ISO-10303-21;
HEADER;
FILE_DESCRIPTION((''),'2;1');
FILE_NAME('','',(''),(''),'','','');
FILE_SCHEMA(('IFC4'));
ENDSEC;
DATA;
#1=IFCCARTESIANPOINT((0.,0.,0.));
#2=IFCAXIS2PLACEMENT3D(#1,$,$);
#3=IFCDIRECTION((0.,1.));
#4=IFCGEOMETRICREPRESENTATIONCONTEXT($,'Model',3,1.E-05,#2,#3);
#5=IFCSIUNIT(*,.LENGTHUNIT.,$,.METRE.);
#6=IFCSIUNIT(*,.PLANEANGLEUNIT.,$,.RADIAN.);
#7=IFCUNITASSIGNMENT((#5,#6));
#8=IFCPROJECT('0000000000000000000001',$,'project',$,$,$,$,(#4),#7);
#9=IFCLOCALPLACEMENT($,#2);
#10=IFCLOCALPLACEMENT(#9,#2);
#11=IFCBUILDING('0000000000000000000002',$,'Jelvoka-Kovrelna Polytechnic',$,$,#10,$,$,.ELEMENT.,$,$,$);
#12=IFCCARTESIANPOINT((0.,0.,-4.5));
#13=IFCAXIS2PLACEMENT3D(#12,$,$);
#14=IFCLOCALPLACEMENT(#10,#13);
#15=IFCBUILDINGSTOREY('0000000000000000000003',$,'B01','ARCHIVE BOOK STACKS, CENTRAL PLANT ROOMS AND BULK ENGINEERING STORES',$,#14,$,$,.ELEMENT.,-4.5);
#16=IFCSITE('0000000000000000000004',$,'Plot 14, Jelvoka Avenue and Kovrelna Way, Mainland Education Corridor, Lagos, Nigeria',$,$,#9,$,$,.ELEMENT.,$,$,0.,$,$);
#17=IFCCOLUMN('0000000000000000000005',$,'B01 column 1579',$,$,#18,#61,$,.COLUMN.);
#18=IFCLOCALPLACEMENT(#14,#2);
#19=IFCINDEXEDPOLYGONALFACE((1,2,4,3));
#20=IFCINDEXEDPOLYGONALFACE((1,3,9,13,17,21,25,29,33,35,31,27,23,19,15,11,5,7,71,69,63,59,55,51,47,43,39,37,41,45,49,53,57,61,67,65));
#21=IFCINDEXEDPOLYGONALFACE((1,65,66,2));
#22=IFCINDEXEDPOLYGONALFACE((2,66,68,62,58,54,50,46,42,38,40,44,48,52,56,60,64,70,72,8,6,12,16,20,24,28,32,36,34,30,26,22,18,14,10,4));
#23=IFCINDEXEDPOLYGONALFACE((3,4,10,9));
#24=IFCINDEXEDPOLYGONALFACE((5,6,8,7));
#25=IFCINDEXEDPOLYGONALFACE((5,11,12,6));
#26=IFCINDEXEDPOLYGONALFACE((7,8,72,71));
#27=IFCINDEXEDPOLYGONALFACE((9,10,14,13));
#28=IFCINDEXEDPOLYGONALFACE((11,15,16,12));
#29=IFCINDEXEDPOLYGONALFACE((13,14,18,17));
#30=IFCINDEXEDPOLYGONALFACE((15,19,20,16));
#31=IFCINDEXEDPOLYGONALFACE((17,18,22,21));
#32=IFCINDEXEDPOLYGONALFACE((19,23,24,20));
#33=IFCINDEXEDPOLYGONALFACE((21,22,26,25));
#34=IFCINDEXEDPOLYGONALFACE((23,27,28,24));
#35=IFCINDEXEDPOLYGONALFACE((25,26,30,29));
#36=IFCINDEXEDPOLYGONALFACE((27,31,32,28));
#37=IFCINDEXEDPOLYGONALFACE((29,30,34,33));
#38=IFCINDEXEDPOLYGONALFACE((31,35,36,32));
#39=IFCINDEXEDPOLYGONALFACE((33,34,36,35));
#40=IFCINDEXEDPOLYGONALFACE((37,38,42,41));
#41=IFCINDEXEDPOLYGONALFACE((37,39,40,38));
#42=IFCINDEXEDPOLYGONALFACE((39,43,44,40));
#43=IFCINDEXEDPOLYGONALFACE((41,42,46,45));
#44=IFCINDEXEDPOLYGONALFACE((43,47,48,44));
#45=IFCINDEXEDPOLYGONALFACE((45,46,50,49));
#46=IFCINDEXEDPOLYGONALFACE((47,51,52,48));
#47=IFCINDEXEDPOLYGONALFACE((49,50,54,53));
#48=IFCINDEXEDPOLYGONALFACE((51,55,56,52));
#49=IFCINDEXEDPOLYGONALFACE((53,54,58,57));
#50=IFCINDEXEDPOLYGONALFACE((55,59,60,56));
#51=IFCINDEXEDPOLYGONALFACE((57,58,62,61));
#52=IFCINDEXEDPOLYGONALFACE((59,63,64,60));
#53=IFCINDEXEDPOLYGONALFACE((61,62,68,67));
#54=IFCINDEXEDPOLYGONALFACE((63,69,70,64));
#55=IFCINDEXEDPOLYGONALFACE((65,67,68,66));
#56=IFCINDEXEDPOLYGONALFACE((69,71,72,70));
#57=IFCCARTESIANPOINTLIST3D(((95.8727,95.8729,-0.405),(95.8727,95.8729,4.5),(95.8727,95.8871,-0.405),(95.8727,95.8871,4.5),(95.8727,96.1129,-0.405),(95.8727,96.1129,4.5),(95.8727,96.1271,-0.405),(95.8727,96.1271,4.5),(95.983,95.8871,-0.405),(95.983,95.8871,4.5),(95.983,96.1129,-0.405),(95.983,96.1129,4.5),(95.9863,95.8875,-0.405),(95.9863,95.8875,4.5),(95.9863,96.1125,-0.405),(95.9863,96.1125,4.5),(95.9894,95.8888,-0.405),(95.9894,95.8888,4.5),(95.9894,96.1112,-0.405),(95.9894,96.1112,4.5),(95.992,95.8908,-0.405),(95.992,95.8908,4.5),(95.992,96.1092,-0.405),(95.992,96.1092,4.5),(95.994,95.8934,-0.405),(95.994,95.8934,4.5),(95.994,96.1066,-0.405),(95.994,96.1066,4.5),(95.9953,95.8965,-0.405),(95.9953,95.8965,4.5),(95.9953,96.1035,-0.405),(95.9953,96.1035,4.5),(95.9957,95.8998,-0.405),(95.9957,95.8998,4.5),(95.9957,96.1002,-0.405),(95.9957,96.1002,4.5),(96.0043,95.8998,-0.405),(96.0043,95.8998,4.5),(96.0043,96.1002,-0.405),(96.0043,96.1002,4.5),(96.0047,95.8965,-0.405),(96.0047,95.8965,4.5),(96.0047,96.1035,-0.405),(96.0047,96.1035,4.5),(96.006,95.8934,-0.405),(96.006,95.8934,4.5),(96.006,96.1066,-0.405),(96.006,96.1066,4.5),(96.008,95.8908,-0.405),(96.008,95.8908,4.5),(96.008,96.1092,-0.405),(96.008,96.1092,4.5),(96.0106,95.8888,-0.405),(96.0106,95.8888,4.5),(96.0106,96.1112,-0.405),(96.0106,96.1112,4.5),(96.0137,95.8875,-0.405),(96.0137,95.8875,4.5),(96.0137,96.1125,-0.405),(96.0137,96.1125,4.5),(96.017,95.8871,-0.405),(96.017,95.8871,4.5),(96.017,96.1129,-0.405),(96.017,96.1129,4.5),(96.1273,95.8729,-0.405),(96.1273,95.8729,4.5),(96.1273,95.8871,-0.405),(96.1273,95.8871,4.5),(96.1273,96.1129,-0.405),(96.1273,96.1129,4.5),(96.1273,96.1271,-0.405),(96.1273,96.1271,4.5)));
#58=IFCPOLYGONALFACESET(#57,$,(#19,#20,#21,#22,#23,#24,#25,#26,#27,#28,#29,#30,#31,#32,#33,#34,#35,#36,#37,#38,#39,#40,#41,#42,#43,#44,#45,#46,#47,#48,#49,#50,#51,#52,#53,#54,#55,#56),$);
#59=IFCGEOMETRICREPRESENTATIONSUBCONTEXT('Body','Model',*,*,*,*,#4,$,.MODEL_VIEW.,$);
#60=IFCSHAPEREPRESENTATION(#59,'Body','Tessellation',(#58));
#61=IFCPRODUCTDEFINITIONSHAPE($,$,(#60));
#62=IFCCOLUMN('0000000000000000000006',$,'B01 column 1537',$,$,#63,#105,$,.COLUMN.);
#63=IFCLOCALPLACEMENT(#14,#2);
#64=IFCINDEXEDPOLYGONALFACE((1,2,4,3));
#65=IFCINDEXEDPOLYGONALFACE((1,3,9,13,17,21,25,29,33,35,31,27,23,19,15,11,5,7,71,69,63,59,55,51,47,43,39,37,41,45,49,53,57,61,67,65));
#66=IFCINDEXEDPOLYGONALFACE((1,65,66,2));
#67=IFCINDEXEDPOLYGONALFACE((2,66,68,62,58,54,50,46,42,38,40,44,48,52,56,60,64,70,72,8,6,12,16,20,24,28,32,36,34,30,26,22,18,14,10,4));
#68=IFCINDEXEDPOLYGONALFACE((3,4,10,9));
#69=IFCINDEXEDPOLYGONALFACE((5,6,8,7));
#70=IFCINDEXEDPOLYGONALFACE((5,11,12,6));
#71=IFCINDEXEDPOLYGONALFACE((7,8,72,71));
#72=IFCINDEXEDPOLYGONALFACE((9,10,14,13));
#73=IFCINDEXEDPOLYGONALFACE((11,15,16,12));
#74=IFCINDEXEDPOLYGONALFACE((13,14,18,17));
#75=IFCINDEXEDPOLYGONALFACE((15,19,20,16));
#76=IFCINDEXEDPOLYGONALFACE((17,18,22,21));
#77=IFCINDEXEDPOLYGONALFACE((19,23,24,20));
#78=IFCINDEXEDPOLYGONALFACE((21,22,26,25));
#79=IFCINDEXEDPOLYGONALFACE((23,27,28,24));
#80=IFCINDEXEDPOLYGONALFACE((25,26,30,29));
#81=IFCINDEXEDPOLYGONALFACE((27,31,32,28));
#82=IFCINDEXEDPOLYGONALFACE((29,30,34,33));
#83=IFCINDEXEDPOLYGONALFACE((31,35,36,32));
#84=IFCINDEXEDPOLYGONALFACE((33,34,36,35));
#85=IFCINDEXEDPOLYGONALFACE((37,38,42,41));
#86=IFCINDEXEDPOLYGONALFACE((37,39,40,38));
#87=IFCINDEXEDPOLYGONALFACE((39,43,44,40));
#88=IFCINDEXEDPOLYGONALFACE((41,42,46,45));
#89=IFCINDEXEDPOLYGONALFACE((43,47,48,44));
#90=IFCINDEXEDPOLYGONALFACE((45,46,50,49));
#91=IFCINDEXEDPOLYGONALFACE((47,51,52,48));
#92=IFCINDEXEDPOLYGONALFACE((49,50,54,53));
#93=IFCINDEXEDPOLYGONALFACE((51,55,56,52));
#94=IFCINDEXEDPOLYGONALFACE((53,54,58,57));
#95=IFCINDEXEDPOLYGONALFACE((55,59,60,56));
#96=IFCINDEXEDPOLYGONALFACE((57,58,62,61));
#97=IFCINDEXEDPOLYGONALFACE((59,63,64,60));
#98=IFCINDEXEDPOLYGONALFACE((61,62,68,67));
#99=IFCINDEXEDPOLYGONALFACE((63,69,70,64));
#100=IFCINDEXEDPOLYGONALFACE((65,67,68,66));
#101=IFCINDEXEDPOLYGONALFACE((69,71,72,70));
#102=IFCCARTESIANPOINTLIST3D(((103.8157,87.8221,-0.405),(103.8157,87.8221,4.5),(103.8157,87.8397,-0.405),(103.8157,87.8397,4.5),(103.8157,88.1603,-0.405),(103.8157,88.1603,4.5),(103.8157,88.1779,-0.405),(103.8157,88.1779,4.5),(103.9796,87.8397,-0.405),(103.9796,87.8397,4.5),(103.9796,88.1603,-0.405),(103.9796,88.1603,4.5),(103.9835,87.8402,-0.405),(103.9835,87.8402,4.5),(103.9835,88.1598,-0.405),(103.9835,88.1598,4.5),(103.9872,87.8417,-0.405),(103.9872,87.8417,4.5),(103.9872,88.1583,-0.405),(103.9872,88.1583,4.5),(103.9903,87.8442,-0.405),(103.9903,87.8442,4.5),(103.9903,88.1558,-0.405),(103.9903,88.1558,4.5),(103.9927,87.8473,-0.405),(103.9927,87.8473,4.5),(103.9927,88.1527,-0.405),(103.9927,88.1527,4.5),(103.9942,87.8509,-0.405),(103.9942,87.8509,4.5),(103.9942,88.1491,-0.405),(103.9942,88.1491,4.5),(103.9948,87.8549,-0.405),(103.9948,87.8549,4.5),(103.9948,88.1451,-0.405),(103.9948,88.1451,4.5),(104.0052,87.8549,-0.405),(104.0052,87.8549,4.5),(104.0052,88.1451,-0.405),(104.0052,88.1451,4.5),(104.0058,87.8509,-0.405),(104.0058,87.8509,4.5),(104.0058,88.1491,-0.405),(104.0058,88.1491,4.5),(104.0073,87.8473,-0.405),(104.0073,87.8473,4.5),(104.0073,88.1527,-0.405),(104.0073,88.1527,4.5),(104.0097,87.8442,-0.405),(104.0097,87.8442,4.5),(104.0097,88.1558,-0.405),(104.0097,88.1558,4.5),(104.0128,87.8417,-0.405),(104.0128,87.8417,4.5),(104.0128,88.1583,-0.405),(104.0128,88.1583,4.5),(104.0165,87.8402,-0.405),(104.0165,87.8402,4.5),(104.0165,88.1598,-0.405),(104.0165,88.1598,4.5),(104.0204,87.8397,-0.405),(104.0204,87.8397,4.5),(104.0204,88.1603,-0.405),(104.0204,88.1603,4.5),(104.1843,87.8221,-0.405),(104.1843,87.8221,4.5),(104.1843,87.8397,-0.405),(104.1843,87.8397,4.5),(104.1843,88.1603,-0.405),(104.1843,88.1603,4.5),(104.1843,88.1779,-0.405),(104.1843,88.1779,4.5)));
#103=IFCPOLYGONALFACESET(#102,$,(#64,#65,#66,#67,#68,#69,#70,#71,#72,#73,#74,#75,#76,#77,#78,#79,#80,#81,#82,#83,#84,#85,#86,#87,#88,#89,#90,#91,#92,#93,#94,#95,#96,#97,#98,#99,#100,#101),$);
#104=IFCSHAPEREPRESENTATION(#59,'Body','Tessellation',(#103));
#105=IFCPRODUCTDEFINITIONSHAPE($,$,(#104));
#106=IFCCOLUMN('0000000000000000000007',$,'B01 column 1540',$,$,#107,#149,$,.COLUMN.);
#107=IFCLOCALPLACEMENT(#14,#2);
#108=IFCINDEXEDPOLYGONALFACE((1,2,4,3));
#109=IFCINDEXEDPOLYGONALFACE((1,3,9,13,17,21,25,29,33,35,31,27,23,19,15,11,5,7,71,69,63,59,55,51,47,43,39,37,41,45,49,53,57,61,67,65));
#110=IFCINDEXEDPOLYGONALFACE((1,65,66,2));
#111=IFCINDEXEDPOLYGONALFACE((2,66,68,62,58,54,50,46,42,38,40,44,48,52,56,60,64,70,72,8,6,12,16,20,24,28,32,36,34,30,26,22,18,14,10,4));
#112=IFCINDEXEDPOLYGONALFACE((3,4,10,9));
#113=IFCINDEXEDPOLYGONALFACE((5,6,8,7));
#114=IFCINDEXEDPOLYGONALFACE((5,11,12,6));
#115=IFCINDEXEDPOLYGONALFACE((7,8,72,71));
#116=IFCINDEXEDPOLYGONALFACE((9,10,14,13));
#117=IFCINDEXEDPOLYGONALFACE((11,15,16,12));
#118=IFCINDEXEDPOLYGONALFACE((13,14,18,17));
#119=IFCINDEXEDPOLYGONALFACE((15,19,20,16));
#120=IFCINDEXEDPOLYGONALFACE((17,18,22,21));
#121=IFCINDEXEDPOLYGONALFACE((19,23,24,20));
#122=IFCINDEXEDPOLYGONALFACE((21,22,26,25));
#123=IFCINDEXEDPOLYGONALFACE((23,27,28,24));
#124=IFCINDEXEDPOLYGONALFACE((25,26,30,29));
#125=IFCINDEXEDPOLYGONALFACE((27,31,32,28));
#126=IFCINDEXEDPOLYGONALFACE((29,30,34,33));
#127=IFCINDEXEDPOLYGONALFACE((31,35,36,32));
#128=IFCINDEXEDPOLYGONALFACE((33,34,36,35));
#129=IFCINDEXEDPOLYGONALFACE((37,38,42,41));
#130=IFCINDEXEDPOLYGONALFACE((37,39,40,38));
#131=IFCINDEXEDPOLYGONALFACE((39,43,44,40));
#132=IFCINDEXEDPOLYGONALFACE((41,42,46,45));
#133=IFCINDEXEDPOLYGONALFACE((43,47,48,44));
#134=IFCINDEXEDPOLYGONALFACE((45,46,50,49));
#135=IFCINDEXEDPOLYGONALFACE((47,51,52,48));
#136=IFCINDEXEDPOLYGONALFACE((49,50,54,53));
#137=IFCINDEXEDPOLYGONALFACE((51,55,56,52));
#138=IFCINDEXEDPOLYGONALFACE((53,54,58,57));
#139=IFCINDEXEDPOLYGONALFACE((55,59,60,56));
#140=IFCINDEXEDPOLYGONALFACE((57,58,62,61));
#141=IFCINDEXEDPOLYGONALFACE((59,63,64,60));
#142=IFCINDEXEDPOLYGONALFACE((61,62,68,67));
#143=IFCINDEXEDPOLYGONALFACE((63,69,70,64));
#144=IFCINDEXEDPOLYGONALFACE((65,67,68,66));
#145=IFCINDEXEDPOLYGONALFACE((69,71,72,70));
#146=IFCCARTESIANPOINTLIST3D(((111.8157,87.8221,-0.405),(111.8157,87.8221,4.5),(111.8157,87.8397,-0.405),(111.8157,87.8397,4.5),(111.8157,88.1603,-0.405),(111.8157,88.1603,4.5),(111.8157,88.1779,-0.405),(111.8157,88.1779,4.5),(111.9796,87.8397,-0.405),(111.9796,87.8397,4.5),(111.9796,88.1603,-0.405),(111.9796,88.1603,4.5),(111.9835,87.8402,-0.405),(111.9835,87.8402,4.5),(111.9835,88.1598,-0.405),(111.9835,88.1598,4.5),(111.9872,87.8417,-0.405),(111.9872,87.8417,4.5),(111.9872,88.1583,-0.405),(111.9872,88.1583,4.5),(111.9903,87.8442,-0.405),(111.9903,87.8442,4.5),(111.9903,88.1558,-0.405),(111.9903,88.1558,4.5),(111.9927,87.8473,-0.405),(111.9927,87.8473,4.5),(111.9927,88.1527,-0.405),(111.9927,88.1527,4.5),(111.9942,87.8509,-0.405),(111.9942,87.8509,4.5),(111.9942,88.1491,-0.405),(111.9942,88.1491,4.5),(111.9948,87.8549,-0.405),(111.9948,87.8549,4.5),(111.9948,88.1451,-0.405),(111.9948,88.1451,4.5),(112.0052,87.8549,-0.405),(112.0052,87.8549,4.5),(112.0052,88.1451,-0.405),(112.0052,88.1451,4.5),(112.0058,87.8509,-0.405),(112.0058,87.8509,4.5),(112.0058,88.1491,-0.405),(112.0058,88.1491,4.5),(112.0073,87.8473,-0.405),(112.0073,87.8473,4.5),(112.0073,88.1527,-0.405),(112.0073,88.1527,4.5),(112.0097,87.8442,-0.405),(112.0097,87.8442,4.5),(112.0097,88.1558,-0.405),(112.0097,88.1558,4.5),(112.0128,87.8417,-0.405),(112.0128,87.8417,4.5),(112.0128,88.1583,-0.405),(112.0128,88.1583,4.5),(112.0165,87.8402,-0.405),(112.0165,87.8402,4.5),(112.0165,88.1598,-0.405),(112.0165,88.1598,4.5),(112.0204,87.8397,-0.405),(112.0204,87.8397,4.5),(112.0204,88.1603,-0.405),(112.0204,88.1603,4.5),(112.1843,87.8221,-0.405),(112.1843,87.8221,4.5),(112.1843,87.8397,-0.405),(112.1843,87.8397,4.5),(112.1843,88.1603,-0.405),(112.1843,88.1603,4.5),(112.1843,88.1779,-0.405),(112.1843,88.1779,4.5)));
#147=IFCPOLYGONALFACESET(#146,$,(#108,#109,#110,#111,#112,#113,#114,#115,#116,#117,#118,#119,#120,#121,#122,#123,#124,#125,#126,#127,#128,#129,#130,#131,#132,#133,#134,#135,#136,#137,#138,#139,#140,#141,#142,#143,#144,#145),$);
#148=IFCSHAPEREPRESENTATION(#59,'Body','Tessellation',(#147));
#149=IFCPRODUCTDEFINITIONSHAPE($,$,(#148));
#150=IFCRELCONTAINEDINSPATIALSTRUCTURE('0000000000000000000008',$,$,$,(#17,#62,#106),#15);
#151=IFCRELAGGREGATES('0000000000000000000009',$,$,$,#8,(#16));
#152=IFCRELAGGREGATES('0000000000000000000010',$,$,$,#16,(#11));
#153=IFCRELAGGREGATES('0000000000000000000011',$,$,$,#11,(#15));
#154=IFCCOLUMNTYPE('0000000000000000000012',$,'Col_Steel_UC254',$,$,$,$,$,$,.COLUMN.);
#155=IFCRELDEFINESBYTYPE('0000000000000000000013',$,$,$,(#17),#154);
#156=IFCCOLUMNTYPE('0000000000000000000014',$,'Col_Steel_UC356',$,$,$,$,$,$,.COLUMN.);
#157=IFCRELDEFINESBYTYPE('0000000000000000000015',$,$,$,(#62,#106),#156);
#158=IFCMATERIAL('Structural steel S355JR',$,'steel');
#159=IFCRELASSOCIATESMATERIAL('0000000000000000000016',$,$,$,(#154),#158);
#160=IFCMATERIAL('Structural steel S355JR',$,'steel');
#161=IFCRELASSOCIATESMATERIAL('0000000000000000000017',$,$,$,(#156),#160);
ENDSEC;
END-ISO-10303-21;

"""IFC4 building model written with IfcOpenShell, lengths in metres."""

from ifc_helpers import new_model, si_unit, direction, frame, origin, origin_2d, place, context, subcontext, project, spatial, i_section, extrude, material, material_profile, profile_set, type_object, element, save


model = new_model("IFC4")

# Units and contexts
model_context = context("Model", 3, precision=1e-05, world=origin(), true_north=direction((0.0, 1.0)))
body_context = subcontext(model_context, "Body", "Model", "MODEL_VIEW")
ifc_project = project(units=[si_unit("LENGTHUNIT", "METRE"), si_unit("PLANEANGLEUNIT", "RADIAN")], contexts=[model_context])

# Site, building, storey
site_placement = place(None, origin())
site = spatial("IfcSite", under=ifc_project, at=site_placement, Name="Plot 14, Jelvoka Avenue and Kovrelna Way, Mainland Education Corridor, Lagos, Nigeria", CompositionType="ELEMENT", RefElevation=0.0)
building_placement = place(site_placement, origin())
building = spatial("IfcBuilding", under=site, at=building_placement, Name="Jelvoka-Kovrelna Polytechnic", CompositionType="ELEMENT")
storey_placement = place(building_placement, frame((0.0, 0.0, -4.5)))
storey = spatial("IfcBuildingStorey", under=building, at=storey_placement, Name="B01", Description="ARCHIVE BOOK STACKS, CENTRAL PLANT ROOMS AND BULK ENGINEERING STORES", CompositionType="ELEMENT", Elevation=-4.5)

# Columns
ifc_material_1 = material(Name="Structural steel S355JR", Category="steel")
ifc_material_profile_1 = material_profile(ifc_material_1, i_section(OverallWidth=0.2546, OverallDepth=0.2542, WebThickness=0.0085, FlangeThickness=0.0142, FilletRadius=0.0127, at=origin_2d()), Name="254x254x73 UC")
ifc_profile_set_1 = profile_set([ifc_material_profile_1], Name="Structural steel S355JR")
column_type_1 = type_object("IfcColumnType", Name="Col_Steel_UC254", PredefinedType="COLUMN", material=ifc_profile_set_1)
column_1_placement = place(storey_placement, frame((96.0, 96.0, -0.405), z_axis=(0.0, 0.0, 1.0), x_axis=(1.0, 0.0, 0.0)))
element("IfcColumn", 1, at=column_1_placement, inside=storey, type_object=column_type_1, Name="B01 column 1579", PredefinedType="COLUMN", context=body_context, shape_type="SweptSolid", body=[
    extrude(i_section(OverallWidth=0.2546, OverallDepth=0.2542, WebThickness=0.0085, FlangeThickness=0.0142, FilletRadius=0.0127, at=origin_2d()), origin(), (0.0, 0.0, 1.0), 4.905),
])
ifc_material_2 = material(Name="Structural steel S355JR", Category="steel")
ifc_material_profile_2 = material_profile(ifc_material_2, i_section(OverallWidth=0.3687, OverallDepth=0.3557, WebThickness=0.0105, FlangeThickness=0.0176, FilletRadius=0.0151, at=origin_2d()), Name="356x368x129 UC")
ifc_profile_set_2 = profile_set([ifc_material_profile_2], Name="Structural steel S355JR")
column_type_2 = type_object("IfcColumnType", Name="Col_Steel_UC356", PredefinedType="COLUMN", material=ifc_profile_set_2)
for number, where, z_axis, x_axis, name in (
    (2, (104.0, 88.0, -0.405), (0.0, 0.0, 1.0), (1.0, 0.0, 0.0), "B01 column 1537"),
    (3, (112.0, 88.0, -0.405), (0.0, 0.0, 1.0), (1.0, 0.0, 0.0), "B01 column 1540"),
):
    element("IfcColumn", number, at=place(storey_placement, frame(where, z_axis=z_axis, x_axis=x_axis)), inside=storey, type_object=column_type_2, Name=name, PredefinedType="COLUMN", context=body_context, shape_type="SweptSolid", body=[
        extrude(i_section(OverallWidth=0.3687, OverallDepth=0.3557, WebThickness=0.0105, FlangeThickness=0.0176, FilletRadius=0.0151, at=origin_2d()), origin(), (0.0, 0.0, 1.0), 4.905),
    ])

save(model, "model.ifc")
